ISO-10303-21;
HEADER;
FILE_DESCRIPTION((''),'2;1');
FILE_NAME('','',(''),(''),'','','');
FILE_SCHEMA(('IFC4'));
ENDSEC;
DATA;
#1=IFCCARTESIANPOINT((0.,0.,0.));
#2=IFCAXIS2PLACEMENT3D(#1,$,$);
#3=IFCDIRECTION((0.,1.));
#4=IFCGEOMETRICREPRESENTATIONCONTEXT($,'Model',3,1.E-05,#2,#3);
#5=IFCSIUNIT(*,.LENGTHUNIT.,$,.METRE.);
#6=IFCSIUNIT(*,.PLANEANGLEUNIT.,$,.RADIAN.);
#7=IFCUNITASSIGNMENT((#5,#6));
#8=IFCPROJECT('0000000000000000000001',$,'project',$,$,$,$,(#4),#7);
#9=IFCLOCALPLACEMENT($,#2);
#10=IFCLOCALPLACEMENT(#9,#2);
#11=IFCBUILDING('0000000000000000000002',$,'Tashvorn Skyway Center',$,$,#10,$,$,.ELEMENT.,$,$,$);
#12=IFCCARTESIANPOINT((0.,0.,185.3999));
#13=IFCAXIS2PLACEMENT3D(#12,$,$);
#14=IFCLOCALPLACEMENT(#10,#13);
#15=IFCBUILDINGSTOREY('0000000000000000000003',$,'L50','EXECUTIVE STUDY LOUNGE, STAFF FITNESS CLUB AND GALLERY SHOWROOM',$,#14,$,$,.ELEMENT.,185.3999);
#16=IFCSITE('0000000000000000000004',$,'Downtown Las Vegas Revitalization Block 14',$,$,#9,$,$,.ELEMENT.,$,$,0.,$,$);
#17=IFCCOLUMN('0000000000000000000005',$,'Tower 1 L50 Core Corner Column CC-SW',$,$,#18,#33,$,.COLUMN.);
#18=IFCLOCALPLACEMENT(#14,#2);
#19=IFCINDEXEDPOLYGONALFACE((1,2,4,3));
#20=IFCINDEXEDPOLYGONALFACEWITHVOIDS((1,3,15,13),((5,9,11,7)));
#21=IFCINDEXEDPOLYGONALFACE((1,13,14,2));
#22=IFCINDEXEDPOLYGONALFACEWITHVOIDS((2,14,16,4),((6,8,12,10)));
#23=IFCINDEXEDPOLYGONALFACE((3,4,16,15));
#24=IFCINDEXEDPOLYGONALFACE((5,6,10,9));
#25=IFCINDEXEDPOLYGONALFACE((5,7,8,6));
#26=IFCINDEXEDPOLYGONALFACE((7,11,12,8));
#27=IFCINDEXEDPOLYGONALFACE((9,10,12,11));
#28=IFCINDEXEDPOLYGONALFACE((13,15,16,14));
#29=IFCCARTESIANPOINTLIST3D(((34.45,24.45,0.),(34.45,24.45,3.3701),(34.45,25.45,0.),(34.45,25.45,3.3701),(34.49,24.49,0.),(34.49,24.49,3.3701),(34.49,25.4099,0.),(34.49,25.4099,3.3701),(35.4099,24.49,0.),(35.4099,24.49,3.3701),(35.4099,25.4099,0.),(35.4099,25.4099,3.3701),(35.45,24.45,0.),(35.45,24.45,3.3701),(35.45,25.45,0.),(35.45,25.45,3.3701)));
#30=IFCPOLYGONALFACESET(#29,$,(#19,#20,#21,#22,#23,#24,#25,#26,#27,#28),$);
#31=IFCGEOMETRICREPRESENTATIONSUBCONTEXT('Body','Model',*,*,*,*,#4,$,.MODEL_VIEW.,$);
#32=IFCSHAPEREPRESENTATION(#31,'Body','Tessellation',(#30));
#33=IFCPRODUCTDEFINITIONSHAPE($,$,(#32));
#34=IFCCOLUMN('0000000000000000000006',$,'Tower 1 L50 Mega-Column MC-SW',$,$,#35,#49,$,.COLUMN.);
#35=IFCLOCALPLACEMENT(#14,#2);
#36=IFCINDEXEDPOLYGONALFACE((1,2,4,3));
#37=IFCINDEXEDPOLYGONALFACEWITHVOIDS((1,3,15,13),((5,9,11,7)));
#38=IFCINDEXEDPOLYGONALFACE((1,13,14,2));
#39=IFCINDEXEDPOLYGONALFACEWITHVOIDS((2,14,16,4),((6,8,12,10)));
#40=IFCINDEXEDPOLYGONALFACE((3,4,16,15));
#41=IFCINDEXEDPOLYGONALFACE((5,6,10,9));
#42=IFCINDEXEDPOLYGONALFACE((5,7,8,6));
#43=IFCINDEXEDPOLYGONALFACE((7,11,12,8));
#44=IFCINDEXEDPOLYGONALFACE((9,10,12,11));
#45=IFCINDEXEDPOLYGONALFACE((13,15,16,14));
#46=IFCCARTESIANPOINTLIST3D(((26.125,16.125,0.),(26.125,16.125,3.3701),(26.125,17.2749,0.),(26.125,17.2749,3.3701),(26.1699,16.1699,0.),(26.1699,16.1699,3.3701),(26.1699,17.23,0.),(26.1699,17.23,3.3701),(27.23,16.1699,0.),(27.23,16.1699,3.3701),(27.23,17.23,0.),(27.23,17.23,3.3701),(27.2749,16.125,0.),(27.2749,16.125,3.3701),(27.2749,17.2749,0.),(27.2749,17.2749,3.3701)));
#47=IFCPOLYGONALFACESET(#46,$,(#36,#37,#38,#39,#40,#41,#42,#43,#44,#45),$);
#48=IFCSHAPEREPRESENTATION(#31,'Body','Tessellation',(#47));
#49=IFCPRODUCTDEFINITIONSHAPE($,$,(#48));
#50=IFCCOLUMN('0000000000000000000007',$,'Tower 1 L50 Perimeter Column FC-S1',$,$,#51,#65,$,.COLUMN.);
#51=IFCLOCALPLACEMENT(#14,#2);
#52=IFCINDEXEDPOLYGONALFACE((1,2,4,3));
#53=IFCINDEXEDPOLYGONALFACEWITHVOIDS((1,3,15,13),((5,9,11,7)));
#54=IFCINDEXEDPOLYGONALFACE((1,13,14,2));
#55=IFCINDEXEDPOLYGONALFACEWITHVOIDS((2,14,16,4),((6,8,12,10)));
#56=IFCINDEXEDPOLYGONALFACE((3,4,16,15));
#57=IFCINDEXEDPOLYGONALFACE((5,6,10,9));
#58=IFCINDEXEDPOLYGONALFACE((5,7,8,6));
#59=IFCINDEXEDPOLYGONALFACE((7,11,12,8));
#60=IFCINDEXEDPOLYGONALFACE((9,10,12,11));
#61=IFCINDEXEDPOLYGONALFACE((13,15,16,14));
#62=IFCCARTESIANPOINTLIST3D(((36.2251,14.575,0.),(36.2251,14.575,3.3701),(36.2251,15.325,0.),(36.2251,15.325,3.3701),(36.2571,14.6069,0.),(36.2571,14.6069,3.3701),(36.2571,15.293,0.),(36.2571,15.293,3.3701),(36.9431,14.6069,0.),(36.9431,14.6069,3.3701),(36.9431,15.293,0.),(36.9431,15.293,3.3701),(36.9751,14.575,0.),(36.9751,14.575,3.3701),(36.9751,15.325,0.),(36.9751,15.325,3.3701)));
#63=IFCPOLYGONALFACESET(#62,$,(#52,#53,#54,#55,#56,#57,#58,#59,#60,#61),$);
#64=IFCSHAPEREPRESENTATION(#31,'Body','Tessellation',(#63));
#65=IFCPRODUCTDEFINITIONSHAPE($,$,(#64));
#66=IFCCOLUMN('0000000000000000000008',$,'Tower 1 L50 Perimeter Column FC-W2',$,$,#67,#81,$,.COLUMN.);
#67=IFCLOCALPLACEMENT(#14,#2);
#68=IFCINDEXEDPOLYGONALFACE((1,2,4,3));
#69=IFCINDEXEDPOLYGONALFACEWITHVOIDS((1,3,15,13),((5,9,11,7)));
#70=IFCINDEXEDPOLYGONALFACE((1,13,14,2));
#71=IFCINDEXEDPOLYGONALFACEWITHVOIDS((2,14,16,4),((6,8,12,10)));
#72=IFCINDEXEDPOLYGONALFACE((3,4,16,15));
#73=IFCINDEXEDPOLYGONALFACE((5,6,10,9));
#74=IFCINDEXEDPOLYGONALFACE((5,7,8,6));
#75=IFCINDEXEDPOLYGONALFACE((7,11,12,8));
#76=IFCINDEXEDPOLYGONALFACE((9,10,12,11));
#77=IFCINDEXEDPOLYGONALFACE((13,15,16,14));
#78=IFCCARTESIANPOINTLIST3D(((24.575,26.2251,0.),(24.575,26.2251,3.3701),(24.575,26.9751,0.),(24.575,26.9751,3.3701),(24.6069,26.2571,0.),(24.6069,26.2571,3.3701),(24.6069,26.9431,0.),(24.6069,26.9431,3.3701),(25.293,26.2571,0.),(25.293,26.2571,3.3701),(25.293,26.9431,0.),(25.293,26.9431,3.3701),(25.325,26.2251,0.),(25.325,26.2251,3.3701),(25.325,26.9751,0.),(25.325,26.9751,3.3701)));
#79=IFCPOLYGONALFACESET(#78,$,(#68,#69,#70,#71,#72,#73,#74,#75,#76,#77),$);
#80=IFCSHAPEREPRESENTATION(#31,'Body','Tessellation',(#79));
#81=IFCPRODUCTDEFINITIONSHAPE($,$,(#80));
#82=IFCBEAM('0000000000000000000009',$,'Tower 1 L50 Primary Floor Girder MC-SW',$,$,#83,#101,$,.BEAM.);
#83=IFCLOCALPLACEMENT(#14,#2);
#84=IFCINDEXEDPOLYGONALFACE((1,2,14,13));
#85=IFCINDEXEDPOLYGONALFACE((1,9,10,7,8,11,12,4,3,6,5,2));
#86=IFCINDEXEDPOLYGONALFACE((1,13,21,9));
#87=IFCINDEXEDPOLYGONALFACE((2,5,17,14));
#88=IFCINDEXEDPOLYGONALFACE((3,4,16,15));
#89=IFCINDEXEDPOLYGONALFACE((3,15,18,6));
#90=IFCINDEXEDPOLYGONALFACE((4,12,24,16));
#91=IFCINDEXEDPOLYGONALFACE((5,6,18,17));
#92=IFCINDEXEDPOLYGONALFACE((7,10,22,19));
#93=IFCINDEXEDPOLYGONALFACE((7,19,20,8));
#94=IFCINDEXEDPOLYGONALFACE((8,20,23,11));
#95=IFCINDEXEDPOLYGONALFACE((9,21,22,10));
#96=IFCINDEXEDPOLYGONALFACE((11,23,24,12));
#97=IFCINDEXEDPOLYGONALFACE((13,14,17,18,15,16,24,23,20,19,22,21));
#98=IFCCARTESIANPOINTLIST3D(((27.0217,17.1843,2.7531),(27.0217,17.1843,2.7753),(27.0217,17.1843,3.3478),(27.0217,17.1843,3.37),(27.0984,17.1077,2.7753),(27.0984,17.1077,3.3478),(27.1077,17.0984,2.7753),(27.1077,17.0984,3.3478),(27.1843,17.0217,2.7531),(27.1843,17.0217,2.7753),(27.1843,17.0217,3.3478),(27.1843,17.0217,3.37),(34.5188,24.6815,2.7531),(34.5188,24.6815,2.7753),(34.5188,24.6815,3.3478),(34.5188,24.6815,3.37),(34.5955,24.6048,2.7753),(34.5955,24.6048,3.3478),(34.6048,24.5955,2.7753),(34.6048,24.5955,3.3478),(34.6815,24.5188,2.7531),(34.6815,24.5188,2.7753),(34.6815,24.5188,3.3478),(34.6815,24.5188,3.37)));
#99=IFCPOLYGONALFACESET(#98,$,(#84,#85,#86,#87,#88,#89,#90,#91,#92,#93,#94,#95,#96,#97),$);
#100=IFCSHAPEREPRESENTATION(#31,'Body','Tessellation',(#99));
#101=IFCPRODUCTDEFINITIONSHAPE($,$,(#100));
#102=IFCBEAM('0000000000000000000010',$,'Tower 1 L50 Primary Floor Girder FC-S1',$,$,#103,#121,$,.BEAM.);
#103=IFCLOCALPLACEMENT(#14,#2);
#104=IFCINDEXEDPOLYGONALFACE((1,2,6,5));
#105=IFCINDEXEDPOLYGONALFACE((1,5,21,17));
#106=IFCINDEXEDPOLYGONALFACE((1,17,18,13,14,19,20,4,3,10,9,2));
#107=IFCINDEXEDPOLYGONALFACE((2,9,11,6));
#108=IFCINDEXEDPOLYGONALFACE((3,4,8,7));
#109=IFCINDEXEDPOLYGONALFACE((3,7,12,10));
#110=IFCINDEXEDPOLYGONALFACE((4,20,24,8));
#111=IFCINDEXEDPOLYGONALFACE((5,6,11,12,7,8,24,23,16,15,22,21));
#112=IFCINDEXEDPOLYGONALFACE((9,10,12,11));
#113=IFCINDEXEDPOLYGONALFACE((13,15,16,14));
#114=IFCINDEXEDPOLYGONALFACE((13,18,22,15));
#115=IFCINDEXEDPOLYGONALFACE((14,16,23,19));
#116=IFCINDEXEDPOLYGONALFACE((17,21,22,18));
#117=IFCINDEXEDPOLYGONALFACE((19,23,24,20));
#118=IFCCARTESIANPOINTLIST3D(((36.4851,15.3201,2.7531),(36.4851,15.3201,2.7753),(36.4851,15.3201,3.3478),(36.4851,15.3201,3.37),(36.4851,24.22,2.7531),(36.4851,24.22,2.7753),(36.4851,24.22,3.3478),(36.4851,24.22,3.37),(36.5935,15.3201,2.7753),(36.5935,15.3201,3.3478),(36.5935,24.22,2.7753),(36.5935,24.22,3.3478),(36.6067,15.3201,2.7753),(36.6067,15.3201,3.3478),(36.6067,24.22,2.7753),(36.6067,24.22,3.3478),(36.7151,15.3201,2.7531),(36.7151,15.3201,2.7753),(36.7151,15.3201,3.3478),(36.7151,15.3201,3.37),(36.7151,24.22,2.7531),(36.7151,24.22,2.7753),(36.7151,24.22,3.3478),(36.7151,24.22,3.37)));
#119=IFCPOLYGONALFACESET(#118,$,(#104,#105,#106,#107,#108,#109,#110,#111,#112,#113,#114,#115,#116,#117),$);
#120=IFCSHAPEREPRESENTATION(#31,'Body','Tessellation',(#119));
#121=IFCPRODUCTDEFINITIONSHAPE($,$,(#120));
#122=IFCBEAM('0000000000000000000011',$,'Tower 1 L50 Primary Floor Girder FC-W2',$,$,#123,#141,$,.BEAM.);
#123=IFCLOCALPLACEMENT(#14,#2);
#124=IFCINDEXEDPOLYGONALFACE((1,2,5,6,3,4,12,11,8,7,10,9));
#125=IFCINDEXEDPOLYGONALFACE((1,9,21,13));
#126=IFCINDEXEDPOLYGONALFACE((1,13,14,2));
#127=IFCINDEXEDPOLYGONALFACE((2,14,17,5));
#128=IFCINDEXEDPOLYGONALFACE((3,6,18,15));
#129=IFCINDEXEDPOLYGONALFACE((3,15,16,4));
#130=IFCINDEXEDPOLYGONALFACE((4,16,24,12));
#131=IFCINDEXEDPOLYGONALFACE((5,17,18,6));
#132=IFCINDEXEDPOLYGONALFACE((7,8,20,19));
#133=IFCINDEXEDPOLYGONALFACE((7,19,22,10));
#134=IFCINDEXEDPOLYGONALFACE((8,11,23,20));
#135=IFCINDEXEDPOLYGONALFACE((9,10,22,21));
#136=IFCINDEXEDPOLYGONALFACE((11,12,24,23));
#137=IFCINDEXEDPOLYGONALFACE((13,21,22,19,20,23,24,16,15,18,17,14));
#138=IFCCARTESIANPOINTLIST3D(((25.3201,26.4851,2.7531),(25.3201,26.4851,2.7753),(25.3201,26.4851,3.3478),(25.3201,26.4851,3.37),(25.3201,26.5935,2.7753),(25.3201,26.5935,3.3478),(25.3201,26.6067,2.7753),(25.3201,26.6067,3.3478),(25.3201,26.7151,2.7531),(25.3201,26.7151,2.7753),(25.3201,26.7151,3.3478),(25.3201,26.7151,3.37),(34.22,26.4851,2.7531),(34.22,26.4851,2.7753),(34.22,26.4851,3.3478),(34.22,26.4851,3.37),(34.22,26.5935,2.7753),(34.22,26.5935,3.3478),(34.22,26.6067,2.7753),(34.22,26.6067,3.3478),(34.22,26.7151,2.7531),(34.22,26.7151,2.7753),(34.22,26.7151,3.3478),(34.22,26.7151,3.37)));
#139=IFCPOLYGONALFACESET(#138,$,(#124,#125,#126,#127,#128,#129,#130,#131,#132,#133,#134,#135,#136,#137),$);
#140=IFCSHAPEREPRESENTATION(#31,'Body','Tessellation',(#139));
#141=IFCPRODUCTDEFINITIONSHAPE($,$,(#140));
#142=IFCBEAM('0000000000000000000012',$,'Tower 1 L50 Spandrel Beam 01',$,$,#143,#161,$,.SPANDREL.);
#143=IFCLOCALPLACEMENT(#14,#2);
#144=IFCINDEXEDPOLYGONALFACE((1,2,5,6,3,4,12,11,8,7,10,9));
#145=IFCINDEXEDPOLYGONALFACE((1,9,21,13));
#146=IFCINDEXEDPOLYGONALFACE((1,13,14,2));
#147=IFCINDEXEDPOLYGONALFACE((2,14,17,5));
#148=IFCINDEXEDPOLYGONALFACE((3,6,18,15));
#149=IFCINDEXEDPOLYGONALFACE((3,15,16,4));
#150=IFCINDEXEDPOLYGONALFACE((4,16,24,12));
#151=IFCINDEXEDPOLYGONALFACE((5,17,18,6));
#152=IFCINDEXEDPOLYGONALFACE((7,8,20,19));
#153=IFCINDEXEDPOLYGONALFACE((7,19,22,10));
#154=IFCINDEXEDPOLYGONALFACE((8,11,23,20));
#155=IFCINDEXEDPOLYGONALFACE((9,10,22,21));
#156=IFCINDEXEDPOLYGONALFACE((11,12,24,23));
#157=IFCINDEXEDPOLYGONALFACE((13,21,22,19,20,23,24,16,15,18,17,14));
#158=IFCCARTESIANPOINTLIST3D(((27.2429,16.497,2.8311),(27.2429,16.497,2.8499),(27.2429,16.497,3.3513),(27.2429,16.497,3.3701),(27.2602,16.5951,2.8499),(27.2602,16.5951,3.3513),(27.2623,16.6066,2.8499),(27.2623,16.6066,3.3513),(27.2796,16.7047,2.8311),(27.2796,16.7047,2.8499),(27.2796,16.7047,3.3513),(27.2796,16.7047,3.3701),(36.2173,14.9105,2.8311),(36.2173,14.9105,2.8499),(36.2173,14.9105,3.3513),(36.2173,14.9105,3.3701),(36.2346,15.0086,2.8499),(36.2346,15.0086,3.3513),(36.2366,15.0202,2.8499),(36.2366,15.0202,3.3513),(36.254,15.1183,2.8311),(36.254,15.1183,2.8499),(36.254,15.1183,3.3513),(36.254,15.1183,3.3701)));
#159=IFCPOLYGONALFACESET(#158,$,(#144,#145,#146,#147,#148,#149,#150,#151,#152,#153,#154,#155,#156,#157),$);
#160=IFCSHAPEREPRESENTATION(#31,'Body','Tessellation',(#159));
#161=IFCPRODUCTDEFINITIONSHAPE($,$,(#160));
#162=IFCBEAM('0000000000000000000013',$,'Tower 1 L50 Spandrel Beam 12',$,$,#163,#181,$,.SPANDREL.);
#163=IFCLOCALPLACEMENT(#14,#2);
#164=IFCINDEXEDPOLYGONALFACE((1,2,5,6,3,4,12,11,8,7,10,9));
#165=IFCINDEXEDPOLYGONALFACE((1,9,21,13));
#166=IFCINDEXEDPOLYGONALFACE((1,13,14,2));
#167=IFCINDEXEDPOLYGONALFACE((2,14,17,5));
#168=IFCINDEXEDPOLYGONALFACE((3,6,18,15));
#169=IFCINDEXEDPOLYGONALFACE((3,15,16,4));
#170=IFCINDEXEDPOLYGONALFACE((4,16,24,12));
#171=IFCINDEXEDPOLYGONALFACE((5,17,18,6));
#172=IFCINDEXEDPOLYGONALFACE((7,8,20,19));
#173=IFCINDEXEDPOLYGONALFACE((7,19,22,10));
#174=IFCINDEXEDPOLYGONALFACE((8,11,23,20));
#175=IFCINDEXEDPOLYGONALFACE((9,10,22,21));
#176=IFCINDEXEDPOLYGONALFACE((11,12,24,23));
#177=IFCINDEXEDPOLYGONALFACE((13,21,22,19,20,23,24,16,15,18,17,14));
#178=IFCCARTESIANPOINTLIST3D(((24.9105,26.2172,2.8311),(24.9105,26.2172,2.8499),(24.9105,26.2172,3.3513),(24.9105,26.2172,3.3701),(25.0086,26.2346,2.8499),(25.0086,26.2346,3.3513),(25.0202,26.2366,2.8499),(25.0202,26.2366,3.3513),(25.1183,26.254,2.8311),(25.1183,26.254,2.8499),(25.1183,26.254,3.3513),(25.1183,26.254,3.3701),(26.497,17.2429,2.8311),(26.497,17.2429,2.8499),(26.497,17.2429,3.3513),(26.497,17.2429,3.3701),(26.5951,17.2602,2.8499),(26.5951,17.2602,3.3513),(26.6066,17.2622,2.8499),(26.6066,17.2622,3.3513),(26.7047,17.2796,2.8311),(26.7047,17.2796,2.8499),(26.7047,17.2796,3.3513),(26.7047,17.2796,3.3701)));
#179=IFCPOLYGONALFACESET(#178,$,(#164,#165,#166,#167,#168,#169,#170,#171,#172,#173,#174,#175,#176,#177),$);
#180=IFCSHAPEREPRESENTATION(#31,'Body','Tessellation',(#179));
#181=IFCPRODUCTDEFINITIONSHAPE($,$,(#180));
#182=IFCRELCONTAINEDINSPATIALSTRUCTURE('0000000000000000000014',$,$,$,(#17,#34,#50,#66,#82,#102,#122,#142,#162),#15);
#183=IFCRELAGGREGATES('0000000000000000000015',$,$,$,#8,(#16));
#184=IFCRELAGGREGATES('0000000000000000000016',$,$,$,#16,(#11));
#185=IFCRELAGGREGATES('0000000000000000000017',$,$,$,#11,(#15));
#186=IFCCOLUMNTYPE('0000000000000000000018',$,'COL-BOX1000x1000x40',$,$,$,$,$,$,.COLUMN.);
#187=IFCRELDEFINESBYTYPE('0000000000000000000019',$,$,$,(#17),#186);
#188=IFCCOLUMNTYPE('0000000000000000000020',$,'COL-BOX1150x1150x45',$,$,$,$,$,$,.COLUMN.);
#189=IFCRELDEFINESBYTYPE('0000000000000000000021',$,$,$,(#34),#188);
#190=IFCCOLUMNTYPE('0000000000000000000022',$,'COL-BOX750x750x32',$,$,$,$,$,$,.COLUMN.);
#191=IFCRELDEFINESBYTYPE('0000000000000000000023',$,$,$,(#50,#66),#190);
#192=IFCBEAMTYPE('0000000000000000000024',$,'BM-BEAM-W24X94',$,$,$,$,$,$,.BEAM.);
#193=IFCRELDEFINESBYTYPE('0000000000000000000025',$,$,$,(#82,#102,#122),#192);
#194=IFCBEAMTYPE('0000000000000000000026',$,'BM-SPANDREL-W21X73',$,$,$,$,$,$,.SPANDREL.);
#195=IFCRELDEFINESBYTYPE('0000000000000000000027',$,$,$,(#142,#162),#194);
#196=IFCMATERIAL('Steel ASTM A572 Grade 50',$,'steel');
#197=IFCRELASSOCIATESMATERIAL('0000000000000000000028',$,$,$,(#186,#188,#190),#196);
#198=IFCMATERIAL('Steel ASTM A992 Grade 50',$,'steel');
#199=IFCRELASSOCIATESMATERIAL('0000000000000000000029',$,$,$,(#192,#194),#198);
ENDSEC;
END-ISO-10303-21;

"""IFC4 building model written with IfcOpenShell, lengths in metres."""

from ifc_helpers import new_model, si_unit, direction, frame, origin, origin_2d, place, context, subcontext, project, spatial, hollow_rectangle, i_section, extrude, material, material_profile, profile_set, type_object, element, save


model = new_model("IFC4")

# Units and contexts
model_context = context("Model", 3, precision=1e-05, world=origin(), true_north=direction((0.0, 1.0)))
body_context = subcontext(model_context, "Body", "Model", "MODEL_VIEW")
ifc_project = project(units=[si_unit("LENGTHUNIT", "METRE"), si_unit("PLANEANGLEUNIT", "RADIAN")], contexts=[model_context])

# Site, building, storey
site_placement = place(None, origin())
site = spatial("IfcSite", under=ifc_project, at=site_placement, Name="Downtown Las Vegas Revitalization Block 14", CompositionType="ELEMENT", RefElevation=0.0)
building_placement = place(site_placement, origin())
building = spatial("IfcBuilding", under=site, at=building_placement, Name="Tashvorn Skyway Center", CompositionType="ELEMENT")
storey_placement = place(building_placement, frame((0.0, 0.0, 185.3999)))
storey = spatial("IfcBuildingStorey", under=building, at=storey_placement, Name="L50", Description="EXECUTIVE STUDY LOUNGE, STAFF FITNESS CLUB AND GALLERY SHOWROOM", CompositionType="ELEMENT", Elevation=185.3999)

# Columns
ifc_material_1 = material(Name="Steel ASTM A572 Grade 50", Category="steel")
ifc_material_profile_1 = material_profile(ifc_material_1, hollow_rectangle(XDim=1.0, YDim=1.0, WallThickness=0.04, at=origin_2d()), Name="BOX1000x1000x40")
ifc_profile_set_1 = profile_set([ifc_material_profile_1], Name="Steel ASTM A572 Grade 50")
column_type_1 = type_object("IfcColumnType", Name="COL-BOX1000x1000x40", PredefinedType="COLUMN", material=ifc_profile_set_1)
column_1_placement = place(storey_placement, frame((34.95, 24.95, 0.0), z_axis=(0.0, 0.0, 1.0), x_axis=(1.0, 0.0, 0.0)))
element("IfcColumn", 1, at=column_1_placement, inside=storey, type_object=column_type_1, Name="Tower 1 L50 Core Corner Column CC-SW", PredefinedType="COLUMN", context=body_context, shape_type="SweptSolid", body=[
    extrude(hollow_rectangle(XDim=1.0, YDim=1.0, WallThickness=0.04, at=origin_2d()), origin(), (0.0, 0.0, 1.0), 3.3701),
])
ifc_material_profile_2 = material_profile(ifc_material_1, hollow_rectangle(XDim=1.1499, YDim=1.1499, WallThickness=0.0449, at=origin_2d()), Name="BOX1150x1150x45")
ifc_profile_set_2 = profile_set([ifc_material_profile_2], Name="Steel ASTM A572 Grade 50")
column_type_2 = type_object("IfcColumnType", Name="COL-BOX1150x1150x45", PredefinedType="COLUMN", material=ifc_profile_set_2)
column_2_placement = place(storey_placement, frame((26.7, 16.7, 0.0), z_axis=(0.0, 0.0, 1.0), x_axis=(1.0, 0.0, 0.0)))
element("IfcColumn", 2, at=column_2_placement, inside=storey, type_object=column_type_2, Name="Tower 1 L50 Mega-Column MC-SW", PredefinedType="COLUMN", context=body_context, shape_type="SweptSolid", body=[
    extrude(hollow_rectangle(XDim=1.1499, YDim=1.1499, WallThickness=0.0449, at=origin_2d()), origin(), (0.0, 0.0, 1.0), 3.3701),
])
ifc_material_profile_3 = material_profile(ifc_material_1, hollow_rectangle(XDim=0.75, YDim=0.75, WallThickness=0.032, at=origin_2d()), Name="BOX750x750x32")
ifc_profile_set_3 = profile_set([ifc_material_profile_3], Name="Steel ASTM A572 Grade 50")
column_type_3 = type_object("IfcColumnType", Name="COL-BOX750x750x32", PredefinedType="COLUMN", material=ifc_profile_set_3)
for number, where, z_axis, x_axis, name in (
    (3, (36.6001, 14.95, 0.0), (0.0, 0.0, 1.0), (1.0, 0.0, 0.0), "Tower 1 L50 Perimeter Column FC-S1"),
    (4, (24.95, 26.6001, 0.0), (0.0, 0.0, 1.0), (1.0, 0.0, 0.0), "Tower 1 L50 Perimeter Column FC-W2"),
):
    element("IfcColumn", number, at=place(storey_placement, frame(where, z_axis=z_axis, x_axis=x_axis)), inside=storey, type_object=column_type_3, Name=name, PredefinedType="COLUMN", context=body_context, shape_type="SweptSolid", body=[
        extrude(hollow_rectangle(XDim=0.75, YDim=0.75, WallThickness=0.032, at=origin_2d()), origin(), (0.0, 0.0, 1.0), 3.3701),
    ])

# Beams
ifc_material_2 = material(Name="Steel ASTM A992 Grade 50", Category="steel")
ifc_material_profile_4 = material_profile(ifc_material_2, i_section(OverallWidth=0.23, OverallDepth=0.6169, WebThickness=0.0132, FlangeThickness=0.0222, at=origin_2d()), Name="W24X94")
ifc_profile_set_4 = profile_set([ifc_material_profile_4], Name="Steel ASTM A992 Grade 50")
beam_type_1 = type_object("IfcBeamType", Name="BM-BEAM-W24X94", PredefinedType="BEAM", material=ifc_profile_set_4)
beam_placement = place(storey_placement, frame((27.103, 17.103, 3.0615), z_axis=(0.707107, 0.707107, 0.0), x_axis=(-0.707107, 0.707107, 0.0)))
element("IfcBeam", 5, at=beam_placement, inside=storey, type_object=beam_type_1, Name="Tower 1 L50 Primary Floor Girder MC-SW", PredefinedType="BEAM", context=body_context, shape_type="SweptSolid", body=[
    extrude(i_section(OverallWidth=0.23, OverallDepth=0.6169, WebThickness=0.0132, FlangeThickness=0.0222, at=origin_2d()), origin(), (0.0, 0.0, 1.0), 10.6025),
])
for number, where, z_axis, x_axis, name in (
    (6, (36.6001, 15.3201, 3.0615), (0.0, 1.0, 0.0), (-1.0, 0.0, 0.0), "Tower 1 L50 Primary Floor Girder FC-S1"),
    (7, (25.3201, 26.6001, 3.0615), (1.0, 0.0, 0.0), (0.0, 1.0, 0.0), "Tower 1 L50 Primary Floor Girder FC-W2"),
):
    element("IfcBeam", number, at=place(storey_placement, frame(where, z_axis=z_axis, x_axis=x_axis)), inside=storey, type_object=beam_type_1, Name=name, PredefinedType="BEAM", context=body_context, shape_type="SweptSolid", body=[
        extrude(i_section(OverallWidth=0.23, OverallDepth=0.6169, WebThickness=0.0132, FlangeThickness=0.0222, at=origin_2d()), origin(), (0.0, 0.0, 1.0), 8.8999),
    ])
ifc_material_profile_5 = material_profile(ifc_material_2, i_section(OverallWidth=0.2109, OverallDepth=0.5391, WebThickness=0.0117, FlangeThickness=0.0188, at=origin_2d()), Name="W21X73")
ifc_profile_set_5 = profile_set([ifc_material_profile_5], Name="Steel ASTM A992 Grade 50")
beam_type_2 = type_object("IfcBeamType", Name="BM-SPANDREL-W21X73", PredefinedType="SPANDREL", material=ifc_profile_set_5)
for number, where, z_axis, x_axis, name in (
    (8, (27.2612, 16.6008, 3.1006), (0.984733, -0.174074, 0.0), (0.174074, 0.984733, 0.0), "Tower 1 L50 Spandrel Beam 01"),
    (9, (25.0144, 26.2356, 3.1006), (0.174074, -0.984733, 0.0), (0.984733, 0.174074, 0.0), "Tower 1 L50 Spandrel Beam 12"),
):
    element("IfcBeam", number, at=place(storey_placement, frame(where, z_axis=z_axis, x_axis=x_axis)), inside=storey, type_object=beam_type_2, Name=name, PredefinedType="SPANDREL", context=body_context, shape_type="SweptSolid", body=[
        extrude(i_section(OverallWidth=0.2109, OverallDepth=0.5391, WebThickness=0.0117, FlangeThickness=0.0188, at=origin_2d()), origin(), (0.0, 0.0, 1.0), 9.1135),
    ])

save(model, "model.ifc")
